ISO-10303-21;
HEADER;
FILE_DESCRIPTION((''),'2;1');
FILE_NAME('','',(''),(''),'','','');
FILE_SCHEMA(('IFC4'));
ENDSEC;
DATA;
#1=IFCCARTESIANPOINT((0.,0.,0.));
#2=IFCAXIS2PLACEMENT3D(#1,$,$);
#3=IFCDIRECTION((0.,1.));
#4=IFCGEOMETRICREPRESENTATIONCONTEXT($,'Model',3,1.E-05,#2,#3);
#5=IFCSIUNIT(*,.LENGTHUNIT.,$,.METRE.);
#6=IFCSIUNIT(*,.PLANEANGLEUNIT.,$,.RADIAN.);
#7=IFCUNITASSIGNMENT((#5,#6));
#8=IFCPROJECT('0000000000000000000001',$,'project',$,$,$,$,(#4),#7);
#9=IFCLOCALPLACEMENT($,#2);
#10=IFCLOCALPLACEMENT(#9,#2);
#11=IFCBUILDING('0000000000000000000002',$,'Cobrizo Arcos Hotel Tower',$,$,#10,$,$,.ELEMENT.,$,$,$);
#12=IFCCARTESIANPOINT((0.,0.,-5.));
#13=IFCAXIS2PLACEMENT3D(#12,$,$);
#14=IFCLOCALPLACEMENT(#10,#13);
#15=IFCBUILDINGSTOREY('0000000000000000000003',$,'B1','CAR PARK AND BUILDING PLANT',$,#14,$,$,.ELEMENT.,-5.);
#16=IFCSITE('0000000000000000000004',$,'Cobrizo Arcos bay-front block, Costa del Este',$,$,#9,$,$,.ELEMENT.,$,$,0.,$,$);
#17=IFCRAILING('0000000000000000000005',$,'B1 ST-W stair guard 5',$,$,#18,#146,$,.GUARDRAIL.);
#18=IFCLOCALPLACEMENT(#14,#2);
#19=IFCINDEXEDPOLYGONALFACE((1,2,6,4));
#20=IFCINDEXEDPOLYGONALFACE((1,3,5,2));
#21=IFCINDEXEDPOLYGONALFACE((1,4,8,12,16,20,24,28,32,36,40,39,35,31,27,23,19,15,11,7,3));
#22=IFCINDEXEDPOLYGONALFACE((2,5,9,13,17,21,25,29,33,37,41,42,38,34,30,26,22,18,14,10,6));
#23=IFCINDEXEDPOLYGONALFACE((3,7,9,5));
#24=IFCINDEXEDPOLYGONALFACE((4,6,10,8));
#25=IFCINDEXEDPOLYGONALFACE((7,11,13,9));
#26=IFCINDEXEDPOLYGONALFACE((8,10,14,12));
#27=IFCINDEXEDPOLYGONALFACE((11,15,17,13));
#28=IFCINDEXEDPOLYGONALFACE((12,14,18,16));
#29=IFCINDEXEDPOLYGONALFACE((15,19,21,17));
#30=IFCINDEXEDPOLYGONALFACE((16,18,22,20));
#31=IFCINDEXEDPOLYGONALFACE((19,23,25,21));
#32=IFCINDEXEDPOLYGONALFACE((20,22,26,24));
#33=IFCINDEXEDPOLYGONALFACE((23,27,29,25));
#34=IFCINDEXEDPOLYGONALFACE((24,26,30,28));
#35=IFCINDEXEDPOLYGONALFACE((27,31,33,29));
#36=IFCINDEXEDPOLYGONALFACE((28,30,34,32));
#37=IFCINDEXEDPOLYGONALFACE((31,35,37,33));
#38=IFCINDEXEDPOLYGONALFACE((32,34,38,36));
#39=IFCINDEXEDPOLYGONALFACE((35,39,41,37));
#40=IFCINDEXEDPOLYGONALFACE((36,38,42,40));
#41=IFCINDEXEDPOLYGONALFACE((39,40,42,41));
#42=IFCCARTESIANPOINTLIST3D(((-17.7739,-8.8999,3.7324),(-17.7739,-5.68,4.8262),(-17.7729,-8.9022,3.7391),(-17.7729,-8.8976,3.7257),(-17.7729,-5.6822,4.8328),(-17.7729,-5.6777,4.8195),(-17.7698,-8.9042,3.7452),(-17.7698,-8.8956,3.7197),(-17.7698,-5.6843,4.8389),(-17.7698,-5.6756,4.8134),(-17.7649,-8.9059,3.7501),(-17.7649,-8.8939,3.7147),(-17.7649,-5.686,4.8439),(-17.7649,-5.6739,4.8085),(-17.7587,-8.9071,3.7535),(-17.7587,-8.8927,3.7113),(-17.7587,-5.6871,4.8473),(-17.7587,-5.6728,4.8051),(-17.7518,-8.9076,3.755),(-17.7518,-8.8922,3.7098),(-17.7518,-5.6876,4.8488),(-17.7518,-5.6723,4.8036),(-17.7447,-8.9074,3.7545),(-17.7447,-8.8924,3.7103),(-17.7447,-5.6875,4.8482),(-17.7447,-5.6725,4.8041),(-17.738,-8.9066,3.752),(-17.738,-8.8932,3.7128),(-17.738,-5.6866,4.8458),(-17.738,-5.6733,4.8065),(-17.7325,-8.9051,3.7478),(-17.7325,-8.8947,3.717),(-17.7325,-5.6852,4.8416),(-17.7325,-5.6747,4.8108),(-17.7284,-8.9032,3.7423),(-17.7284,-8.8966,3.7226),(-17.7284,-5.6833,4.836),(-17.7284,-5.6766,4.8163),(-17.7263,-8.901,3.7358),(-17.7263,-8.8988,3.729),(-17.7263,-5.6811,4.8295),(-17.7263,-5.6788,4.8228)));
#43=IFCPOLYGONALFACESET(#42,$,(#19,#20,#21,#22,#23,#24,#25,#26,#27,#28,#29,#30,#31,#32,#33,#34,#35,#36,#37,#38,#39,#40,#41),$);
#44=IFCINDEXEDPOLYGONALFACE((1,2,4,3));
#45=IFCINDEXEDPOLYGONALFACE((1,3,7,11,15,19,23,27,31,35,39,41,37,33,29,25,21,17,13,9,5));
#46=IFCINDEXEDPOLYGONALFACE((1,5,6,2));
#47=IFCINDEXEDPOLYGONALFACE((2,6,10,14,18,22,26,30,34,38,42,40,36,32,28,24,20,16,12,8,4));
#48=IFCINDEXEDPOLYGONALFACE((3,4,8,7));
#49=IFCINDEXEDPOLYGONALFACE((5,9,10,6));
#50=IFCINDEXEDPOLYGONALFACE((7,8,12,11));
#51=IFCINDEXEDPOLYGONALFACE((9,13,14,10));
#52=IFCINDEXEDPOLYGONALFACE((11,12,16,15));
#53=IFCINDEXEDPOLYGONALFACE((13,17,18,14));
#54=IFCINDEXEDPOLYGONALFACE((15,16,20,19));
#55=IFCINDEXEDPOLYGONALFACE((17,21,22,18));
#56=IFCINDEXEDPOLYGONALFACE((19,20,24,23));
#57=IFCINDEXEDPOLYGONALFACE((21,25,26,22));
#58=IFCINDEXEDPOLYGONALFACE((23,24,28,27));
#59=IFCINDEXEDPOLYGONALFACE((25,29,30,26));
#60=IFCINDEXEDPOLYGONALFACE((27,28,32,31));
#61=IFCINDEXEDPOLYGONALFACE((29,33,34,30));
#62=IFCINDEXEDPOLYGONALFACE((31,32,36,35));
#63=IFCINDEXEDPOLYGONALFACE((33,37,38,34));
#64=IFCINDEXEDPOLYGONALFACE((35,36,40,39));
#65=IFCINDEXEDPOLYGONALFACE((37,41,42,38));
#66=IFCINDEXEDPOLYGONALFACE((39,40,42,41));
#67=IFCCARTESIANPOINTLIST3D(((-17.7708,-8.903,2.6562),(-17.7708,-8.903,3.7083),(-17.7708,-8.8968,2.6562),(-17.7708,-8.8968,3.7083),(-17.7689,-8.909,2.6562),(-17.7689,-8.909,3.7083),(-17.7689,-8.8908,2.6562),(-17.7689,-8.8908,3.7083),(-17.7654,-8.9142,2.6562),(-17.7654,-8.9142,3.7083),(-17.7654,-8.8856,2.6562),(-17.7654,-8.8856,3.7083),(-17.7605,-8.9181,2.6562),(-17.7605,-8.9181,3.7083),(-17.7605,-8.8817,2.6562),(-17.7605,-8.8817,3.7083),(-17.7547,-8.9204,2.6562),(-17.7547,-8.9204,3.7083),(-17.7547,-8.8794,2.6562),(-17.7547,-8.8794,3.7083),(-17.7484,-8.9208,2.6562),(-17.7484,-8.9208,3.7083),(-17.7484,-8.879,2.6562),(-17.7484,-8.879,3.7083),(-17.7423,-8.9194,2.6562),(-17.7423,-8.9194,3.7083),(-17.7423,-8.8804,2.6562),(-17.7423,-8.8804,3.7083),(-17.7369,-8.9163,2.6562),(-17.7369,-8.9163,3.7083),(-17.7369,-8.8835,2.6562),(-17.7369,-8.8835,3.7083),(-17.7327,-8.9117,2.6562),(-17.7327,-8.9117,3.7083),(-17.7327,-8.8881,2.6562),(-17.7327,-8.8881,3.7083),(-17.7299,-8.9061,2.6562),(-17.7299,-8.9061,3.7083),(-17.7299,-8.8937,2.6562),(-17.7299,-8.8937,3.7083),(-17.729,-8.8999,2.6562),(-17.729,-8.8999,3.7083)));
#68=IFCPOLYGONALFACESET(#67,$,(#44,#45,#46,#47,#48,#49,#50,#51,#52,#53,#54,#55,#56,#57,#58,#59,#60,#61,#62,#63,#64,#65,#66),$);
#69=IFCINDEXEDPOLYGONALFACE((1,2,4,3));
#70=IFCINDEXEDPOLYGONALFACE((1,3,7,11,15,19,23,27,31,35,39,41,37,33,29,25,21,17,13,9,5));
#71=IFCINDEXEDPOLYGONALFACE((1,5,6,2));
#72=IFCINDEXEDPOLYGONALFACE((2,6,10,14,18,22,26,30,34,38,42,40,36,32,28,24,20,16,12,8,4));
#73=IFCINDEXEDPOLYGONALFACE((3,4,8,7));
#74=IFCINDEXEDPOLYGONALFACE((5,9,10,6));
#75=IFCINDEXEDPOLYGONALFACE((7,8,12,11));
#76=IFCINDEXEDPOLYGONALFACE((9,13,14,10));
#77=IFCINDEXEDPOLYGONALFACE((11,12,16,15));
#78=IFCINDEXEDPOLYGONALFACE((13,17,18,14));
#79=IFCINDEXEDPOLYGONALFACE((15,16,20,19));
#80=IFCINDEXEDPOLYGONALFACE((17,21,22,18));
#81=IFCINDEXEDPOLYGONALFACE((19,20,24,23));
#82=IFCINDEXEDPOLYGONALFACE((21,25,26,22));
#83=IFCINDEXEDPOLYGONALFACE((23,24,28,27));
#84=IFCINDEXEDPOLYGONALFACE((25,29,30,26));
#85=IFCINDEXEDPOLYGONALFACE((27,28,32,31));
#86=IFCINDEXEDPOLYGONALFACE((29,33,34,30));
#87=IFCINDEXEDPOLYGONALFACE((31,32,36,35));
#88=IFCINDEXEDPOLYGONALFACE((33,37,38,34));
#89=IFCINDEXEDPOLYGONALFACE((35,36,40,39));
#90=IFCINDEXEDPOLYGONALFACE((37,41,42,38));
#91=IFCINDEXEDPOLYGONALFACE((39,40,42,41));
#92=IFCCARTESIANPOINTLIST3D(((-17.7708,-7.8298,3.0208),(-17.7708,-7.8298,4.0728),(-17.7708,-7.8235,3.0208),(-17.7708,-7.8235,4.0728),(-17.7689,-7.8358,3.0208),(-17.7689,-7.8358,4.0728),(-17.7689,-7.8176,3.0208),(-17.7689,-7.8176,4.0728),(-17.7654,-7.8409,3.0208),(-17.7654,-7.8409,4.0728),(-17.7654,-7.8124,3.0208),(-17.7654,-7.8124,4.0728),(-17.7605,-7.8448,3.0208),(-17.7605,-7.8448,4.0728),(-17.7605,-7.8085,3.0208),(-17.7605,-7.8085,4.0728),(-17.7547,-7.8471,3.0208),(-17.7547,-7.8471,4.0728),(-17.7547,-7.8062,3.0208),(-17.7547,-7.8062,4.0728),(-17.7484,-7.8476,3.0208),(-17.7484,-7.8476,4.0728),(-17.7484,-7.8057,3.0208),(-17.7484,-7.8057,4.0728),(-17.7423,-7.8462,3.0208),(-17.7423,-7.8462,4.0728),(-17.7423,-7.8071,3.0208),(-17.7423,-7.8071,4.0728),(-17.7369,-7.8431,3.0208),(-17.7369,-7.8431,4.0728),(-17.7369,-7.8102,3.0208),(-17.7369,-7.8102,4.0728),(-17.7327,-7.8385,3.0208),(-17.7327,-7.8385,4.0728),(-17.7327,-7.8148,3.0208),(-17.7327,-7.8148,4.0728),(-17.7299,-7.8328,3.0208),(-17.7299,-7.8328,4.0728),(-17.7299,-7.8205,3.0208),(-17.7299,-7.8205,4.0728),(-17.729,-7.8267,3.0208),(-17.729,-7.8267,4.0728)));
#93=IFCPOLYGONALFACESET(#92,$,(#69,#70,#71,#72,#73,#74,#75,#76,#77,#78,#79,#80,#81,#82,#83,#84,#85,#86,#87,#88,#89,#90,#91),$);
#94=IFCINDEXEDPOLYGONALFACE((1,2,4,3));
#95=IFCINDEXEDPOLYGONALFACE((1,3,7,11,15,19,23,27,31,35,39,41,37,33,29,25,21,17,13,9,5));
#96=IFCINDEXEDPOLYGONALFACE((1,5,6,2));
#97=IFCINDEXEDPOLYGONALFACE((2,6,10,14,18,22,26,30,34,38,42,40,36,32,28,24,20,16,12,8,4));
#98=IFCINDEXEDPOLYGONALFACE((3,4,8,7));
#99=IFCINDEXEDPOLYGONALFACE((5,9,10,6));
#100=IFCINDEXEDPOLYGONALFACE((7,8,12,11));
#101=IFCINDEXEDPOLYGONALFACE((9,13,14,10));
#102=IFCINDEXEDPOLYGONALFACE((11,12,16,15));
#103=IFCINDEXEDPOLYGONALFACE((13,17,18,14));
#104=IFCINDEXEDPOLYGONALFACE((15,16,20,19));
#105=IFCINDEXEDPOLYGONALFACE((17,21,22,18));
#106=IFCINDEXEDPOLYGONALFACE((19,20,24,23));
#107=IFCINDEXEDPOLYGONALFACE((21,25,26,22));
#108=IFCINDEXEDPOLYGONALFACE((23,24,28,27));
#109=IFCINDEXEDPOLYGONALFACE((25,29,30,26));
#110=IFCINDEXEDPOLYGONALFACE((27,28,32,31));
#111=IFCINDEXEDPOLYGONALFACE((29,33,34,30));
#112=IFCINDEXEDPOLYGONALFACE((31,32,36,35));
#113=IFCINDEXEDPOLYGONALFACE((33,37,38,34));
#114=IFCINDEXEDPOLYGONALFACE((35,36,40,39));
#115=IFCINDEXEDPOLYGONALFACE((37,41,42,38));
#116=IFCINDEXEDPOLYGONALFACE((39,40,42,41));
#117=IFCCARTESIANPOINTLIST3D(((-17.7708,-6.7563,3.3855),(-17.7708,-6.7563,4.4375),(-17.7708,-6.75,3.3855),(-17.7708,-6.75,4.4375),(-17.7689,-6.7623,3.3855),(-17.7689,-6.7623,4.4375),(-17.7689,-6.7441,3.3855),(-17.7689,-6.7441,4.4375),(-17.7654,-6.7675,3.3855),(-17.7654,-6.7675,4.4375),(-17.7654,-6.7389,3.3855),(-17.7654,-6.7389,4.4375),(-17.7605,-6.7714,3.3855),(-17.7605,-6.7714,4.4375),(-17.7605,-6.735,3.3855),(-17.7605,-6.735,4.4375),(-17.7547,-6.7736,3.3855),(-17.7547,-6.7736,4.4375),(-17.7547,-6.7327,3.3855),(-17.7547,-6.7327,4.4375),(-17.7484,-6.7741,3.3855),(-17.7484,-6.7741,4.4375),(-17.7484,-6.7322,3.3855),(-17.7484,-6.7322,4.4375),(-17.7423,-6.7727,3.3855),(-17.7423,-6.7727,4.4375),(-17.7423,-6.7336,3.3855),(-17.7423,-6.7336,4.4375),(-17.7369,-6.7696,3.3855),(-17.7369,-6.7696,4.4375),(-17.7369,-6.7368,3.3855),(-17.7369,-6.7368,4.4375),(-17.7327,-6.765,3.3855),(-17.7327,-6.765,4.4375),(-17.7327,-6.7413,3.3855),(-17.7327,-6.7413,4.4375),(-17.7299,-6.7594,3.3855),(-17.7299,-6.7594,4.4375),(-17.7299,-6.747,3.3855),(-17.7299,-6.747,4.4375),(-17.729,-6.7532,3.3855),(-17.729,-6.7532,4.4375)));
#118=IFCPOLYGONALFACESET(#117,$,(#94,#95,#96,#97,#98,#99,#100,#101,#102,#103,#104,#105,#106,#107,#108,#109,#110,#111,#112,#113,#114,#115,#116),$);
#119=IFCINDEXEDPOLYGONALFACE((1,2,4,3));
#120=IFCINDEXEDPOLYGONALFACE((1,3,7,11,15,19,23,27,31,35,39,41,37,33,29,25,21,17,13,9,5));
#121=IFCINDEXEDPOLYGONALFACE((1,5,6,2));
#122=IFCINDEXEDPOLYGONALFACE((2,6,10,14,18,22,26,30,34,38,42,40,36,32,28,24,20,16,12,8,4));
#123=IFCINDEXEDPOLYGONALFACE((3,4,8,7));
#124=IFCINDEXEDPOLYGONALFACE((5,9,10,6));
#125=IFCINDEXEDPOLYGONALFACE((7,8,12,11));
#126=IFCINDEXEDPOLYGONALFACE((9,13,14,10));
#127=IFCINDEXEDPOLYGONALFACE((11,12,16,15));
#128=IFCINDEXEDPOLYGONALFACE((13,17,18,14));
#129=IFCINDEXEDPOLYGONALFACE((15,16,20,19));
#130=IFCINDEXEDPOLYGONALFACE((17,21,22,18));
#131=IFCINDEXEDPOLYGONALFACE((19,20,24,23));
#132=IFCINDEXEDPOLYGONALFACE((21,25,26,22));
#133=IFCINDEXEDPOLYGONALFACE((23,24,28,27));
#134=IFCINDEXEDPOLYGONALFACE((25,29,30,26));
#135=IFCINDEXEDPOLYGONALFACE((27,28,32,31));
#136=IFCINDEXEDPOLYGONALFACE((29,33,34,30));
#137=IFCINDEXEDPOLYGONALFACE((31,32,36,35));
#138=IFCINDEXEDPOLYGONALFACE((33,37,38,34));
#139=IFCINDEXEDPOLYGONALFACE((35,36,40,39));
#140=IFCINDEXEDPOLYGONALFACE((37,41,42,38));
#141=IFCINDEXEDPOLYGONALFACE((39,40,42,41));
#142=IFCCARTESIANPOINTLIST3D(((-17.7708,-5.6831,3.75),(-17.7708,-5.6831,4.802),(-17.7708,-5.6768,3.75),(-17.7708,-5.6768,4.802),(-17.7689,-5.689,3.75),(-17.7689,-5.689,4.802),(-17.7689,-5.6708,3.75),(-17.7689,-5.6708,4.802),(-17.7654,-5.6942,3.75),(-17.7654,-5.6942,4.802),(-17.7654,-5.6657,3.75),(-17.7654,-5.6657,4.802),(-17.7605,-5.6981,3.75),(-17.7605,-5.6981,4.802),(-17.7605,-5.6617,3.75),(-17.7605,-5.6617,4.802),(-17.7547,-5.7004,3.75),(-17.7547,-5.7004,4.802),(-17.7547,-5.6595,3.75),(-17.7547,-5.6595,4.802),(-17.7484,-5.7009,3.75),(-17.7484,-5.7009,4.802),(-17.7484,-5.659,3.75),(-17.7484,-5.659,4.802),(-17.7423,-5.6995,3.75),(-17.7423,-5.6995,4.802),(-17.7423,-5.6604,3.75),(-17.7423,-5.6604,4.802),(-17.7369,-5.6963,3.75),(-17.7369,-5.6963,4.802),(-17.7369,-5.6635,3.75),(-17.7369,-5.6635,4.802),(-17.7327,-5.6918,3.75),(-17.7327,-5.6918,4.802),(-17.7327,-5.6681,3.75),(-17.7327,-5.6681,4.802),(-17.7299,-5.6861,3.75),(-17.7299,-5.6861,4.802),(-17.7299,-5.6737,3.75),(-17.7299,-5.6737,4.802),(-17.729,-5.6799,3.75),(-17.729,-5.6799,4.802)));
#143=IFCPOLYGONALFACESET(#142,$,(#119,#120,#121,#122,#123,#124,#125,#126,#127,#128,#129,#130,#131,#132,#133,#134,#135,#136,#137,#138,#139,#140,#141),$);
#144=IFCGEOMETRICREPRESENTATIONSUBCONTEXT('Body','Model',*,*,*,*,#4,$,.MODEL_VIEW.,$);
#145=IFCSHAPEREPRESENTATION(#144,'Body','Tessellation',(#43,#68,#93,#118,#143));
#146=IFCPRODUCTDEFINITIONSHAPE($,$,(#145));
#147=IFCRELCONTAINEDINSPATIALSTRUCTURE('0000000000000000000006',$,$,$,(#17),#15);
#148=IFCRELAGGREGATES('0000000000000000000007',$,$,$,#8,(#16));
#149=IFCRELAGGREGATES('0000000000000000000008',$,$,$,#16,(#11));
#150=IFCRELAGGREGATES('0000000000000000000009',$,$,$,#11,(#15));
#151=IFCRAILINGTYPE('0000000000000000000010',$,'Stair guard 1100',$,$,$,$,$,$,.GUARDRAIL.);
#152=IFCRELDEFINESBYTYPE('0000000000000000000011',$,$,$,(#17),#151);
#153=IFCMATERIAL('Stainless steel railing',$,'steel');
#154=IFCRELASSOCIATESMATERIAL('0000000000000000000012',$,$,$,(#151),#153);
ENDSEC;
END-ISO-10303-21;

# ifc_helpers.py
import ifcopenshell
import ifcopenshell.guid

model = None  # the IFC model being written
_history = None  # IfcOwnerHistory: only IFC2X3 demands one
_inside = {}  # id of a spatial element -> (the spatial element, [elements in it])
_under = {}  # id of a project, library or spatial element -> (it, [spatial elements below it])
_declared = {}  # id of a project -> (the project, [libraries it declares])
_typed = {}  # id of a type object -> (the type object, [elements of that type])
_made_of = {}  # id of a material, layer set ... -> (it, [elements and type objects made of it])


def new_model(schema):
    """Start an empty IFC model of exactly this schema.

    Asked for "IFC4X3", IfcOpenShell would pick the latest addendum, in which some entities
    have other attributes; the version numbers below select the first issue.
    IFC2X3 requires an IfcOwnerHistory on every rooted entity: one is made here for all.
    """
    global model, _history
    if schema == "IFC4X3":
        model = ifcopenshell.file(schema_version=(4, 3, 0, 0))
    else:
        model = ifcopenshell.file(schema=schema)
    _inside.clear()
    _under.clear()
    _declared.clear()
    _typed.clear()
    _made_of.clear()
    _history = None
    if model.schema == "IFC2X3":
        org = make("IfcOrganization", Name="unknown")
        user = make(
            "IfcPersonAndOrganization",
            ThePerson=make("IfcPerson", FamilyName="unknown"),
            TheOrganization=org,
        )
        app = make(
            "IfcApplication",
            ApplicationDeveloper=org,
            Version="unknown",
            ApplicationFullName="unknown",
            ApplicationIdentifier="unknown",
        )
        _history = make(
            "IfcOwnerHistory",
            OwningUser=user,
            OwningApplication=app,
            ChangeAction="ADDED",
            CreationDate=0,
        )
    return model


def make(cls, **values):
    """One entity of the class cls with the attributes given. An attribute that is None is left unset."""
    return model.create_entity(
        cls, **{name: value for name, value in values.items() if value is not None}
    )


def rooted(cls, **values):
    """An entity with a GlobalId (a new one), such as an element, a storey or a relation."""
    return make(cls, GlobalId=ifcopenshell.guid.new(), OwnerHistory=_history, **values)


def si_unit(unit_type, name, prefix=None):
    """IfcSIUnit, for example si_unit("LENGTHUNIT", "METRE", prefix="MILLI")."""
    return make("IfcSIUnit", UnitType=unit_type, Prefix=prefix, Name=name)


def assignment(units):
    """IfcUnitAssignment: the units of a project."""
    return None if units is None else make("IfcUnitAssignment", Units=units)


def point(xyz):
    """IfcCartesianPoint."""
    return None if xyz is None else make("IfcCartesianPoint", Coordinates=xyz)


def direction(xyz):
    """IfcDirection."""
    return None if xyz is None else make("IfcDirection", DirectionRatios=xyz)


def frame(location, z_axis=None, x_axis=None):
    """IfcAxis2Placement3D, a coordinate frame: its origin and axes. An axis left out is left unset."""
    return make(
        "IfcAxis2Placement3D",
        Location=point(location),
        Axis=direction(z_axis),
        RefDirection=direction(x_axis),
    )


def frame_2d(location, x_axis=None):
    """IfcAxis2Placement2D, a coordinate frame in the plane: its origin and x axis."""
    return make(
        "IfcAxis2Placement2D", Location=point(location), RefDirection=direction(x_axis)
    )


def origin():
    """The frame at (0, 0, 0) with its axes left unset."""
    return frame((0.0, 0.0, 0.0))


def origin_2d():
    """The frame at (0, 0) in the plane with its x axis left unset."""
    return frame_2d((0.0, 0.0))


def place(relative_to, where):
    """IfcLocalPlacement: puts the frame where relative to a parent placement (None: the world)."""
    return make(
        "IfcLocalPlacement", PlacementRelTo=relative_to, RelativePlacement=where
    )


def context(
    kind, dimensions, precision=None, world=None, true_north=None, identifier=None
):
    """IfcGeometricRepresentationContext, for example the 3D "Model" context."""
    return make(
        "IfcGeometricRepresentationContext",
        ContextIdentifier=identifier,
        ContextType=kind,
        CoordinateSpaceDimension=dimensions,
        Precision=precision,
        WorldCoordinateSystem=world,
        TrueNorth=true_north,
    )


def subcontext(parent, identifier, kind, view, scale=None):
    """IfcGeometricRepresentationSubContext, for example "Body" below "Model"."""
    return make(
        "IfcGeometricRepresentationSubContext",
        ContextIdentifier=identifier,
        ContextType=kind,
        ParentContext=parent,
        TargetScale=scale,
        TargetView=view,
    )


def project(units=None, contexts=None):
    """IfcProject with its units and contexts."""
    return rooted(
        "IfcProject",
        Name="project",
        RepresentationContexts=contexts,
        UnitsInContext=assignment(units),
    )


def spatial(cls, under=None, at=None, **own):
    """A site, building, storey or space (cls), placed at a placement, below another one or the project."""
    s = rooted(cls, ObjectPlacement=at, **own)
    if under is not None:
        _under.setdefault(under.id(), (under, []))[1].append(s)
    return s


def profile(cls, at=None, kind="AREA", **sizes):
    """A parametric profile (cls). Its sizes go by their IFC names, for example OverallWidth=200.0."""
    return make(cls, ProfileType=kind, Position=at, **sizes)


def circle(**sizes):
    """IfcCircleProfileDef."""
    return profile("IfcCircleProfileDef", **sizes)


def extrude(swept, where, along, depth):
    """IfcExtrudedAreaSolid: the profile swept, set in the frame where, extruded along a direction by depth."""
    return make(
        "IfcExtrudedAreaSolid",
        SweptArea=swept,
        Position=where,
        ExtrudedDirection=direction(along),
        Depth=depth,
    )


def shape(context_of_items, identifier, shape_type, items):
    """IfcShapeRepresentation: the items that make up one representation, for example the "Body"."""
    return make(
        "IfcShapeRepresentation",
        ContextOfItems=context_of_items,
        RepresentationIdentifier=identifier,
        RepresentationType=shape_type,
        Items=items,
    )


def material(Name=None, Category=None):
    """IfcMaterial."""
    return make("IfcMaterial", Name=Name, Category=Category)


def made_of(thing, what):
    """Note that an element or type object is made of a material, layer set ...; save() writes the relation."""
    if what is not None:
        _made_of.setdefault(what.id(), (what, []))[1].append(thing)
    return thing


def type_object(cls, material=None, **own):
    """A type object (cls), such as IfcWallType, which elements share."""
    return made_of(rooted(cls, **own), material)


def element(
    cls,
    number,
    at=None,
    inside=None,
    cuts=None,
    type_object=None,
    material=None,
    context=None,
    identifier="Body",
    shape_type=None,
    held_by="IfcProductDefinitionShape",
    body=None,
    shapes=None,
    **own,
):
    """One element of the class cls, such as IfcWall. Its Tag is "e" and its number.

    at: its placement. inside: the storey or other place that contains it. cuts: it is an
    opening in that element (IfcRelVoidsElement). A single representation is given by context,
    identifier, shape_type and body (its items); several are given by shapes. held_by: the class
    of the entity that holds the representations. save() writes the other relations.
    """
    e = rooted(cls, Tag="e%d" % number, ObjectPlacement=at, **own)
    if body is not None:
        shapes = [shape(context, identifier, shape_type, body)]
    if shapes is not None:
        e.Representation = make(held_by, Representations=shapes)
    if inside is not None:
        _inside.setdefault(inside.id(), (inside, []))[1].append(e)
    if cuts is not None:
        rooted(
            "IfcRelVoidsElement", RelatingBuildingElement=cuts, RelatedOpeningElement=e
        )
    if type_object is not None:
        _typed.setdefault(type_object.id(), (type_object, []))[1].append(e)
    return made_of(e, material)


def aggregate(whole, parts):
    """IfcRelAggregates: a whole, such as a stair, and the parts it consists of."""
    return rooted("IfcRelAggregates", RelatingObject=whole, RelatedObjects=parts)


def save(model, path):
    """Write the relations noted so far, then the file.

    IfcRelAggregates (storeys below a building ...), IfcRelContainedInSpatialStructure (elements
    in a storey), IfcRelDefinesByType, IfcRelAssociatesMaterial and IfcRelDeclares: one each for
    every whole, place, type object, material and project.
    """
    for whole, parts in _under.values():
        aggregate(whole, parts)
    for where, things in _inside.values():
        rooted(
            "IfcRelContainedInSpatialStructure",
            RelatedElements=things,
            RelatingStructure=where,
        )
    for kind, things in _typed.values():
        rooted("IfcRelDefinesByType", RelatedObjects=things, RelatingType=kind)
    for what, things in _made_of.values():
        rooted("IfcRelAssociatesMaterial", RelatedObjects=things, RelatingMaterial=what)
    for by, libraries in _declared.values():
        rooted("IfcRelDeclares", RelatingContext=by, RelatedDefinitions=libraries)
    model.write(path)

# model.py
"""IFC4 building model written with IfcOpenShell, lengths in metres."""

from ifc_helpers import new_model, si_unit, direction, frame, origin, origin_2d, place, context, subcontext, project, spatial, circle, extrude, material, type_object, element, save


model = new_model("IFC4")

# Units and contexts
model_context = context("Model", 3, precision=1e-05, world=origin(), true_north=direction((0.0, 1.0)))
body_context = subcontext(model_context, "Body", "Model", "MODEL_VIEW")
ifc_project = project(units=[si_unit("LENGTHUNIT", "METRE"), si_unit("PLANEANGLEUNIT", "RADIAN")], contexts=[model_context])

# Site, building, storey
site_placement = place(None, origin())
site = spatial("IfcSite", under=ifc_project, at=site_placement, Name="Cobrizo Arcos bay-front block, Costa del Este", CompositionType="ELEMENT", RefElevation=0.0)
building_placement = place(site_placement, origin())
building = spatial("IfcBuilding", under=site, at=building_placement, Name="Cobrizo Arcos Hotel Tower", CompositionType="ELEMENT")
storey_placement = place(building_placement, frame((0.0, 0.0, -5.0)))
storey = spatial("IfcBuildingStorey", under=building, at=storey_placement, Name="B1", Description="CAR PARK AND BUILDING PLANT", CompositionType="ELEMENT", Elevation=-5.0)

# Railing
ifc_material_1 = material(Name="Stainless steel railing", Category="steel")
railing_type = type_object("IfcRailingType", Name="Stair guard 1100", PredefinedType="GUARDRAIL", material=ifc_material_1)
railing_1_placement = place(storey_placement, frame((-17.75, -8.8999, 2.6562)))
element("IfcRailing", 1, at=railing_1_placement, inside=storey, type_object=railing_type, Name="B1 ST-W stair guard 5", PredefinedType="GUARDRAIL", context=body_context, shape_type="SweptSolid", body=[
    extrude(circle(Radius=0.0239, at=origin_2d()), frame((0.0, 0.0, 1.0762), z_axis=(0.0, 0.946866, 0.321629), x_axis=(-1.0, 0.0, 0.0)), (0.0, 0.0, 1.0), 3.4006),
    extrude(circle(Radius=0.021, at=origin_2d()), origin(), (0.0, 0.0, 1.0), 1.052),
    extrude(circle(Radius=0.021, at=origin_2d()), frame((0.0, 1.0732, 0.3645)), (0.0, 0.0, 1.0), 1.052),
    extrude(circle(Radius=0.021, at=origin_2d()), frame((0.0, 2.1467, 0.7292)), (0.0, 0.0, 1.0), 1.052),
    extrude(circle(Radius=0.021, at=origin_2d()), frame((0.0, 3.22, 1.0938)), (0.0, 0.0, 1.0), 1.052),
])

save(model, "model.ifc")
